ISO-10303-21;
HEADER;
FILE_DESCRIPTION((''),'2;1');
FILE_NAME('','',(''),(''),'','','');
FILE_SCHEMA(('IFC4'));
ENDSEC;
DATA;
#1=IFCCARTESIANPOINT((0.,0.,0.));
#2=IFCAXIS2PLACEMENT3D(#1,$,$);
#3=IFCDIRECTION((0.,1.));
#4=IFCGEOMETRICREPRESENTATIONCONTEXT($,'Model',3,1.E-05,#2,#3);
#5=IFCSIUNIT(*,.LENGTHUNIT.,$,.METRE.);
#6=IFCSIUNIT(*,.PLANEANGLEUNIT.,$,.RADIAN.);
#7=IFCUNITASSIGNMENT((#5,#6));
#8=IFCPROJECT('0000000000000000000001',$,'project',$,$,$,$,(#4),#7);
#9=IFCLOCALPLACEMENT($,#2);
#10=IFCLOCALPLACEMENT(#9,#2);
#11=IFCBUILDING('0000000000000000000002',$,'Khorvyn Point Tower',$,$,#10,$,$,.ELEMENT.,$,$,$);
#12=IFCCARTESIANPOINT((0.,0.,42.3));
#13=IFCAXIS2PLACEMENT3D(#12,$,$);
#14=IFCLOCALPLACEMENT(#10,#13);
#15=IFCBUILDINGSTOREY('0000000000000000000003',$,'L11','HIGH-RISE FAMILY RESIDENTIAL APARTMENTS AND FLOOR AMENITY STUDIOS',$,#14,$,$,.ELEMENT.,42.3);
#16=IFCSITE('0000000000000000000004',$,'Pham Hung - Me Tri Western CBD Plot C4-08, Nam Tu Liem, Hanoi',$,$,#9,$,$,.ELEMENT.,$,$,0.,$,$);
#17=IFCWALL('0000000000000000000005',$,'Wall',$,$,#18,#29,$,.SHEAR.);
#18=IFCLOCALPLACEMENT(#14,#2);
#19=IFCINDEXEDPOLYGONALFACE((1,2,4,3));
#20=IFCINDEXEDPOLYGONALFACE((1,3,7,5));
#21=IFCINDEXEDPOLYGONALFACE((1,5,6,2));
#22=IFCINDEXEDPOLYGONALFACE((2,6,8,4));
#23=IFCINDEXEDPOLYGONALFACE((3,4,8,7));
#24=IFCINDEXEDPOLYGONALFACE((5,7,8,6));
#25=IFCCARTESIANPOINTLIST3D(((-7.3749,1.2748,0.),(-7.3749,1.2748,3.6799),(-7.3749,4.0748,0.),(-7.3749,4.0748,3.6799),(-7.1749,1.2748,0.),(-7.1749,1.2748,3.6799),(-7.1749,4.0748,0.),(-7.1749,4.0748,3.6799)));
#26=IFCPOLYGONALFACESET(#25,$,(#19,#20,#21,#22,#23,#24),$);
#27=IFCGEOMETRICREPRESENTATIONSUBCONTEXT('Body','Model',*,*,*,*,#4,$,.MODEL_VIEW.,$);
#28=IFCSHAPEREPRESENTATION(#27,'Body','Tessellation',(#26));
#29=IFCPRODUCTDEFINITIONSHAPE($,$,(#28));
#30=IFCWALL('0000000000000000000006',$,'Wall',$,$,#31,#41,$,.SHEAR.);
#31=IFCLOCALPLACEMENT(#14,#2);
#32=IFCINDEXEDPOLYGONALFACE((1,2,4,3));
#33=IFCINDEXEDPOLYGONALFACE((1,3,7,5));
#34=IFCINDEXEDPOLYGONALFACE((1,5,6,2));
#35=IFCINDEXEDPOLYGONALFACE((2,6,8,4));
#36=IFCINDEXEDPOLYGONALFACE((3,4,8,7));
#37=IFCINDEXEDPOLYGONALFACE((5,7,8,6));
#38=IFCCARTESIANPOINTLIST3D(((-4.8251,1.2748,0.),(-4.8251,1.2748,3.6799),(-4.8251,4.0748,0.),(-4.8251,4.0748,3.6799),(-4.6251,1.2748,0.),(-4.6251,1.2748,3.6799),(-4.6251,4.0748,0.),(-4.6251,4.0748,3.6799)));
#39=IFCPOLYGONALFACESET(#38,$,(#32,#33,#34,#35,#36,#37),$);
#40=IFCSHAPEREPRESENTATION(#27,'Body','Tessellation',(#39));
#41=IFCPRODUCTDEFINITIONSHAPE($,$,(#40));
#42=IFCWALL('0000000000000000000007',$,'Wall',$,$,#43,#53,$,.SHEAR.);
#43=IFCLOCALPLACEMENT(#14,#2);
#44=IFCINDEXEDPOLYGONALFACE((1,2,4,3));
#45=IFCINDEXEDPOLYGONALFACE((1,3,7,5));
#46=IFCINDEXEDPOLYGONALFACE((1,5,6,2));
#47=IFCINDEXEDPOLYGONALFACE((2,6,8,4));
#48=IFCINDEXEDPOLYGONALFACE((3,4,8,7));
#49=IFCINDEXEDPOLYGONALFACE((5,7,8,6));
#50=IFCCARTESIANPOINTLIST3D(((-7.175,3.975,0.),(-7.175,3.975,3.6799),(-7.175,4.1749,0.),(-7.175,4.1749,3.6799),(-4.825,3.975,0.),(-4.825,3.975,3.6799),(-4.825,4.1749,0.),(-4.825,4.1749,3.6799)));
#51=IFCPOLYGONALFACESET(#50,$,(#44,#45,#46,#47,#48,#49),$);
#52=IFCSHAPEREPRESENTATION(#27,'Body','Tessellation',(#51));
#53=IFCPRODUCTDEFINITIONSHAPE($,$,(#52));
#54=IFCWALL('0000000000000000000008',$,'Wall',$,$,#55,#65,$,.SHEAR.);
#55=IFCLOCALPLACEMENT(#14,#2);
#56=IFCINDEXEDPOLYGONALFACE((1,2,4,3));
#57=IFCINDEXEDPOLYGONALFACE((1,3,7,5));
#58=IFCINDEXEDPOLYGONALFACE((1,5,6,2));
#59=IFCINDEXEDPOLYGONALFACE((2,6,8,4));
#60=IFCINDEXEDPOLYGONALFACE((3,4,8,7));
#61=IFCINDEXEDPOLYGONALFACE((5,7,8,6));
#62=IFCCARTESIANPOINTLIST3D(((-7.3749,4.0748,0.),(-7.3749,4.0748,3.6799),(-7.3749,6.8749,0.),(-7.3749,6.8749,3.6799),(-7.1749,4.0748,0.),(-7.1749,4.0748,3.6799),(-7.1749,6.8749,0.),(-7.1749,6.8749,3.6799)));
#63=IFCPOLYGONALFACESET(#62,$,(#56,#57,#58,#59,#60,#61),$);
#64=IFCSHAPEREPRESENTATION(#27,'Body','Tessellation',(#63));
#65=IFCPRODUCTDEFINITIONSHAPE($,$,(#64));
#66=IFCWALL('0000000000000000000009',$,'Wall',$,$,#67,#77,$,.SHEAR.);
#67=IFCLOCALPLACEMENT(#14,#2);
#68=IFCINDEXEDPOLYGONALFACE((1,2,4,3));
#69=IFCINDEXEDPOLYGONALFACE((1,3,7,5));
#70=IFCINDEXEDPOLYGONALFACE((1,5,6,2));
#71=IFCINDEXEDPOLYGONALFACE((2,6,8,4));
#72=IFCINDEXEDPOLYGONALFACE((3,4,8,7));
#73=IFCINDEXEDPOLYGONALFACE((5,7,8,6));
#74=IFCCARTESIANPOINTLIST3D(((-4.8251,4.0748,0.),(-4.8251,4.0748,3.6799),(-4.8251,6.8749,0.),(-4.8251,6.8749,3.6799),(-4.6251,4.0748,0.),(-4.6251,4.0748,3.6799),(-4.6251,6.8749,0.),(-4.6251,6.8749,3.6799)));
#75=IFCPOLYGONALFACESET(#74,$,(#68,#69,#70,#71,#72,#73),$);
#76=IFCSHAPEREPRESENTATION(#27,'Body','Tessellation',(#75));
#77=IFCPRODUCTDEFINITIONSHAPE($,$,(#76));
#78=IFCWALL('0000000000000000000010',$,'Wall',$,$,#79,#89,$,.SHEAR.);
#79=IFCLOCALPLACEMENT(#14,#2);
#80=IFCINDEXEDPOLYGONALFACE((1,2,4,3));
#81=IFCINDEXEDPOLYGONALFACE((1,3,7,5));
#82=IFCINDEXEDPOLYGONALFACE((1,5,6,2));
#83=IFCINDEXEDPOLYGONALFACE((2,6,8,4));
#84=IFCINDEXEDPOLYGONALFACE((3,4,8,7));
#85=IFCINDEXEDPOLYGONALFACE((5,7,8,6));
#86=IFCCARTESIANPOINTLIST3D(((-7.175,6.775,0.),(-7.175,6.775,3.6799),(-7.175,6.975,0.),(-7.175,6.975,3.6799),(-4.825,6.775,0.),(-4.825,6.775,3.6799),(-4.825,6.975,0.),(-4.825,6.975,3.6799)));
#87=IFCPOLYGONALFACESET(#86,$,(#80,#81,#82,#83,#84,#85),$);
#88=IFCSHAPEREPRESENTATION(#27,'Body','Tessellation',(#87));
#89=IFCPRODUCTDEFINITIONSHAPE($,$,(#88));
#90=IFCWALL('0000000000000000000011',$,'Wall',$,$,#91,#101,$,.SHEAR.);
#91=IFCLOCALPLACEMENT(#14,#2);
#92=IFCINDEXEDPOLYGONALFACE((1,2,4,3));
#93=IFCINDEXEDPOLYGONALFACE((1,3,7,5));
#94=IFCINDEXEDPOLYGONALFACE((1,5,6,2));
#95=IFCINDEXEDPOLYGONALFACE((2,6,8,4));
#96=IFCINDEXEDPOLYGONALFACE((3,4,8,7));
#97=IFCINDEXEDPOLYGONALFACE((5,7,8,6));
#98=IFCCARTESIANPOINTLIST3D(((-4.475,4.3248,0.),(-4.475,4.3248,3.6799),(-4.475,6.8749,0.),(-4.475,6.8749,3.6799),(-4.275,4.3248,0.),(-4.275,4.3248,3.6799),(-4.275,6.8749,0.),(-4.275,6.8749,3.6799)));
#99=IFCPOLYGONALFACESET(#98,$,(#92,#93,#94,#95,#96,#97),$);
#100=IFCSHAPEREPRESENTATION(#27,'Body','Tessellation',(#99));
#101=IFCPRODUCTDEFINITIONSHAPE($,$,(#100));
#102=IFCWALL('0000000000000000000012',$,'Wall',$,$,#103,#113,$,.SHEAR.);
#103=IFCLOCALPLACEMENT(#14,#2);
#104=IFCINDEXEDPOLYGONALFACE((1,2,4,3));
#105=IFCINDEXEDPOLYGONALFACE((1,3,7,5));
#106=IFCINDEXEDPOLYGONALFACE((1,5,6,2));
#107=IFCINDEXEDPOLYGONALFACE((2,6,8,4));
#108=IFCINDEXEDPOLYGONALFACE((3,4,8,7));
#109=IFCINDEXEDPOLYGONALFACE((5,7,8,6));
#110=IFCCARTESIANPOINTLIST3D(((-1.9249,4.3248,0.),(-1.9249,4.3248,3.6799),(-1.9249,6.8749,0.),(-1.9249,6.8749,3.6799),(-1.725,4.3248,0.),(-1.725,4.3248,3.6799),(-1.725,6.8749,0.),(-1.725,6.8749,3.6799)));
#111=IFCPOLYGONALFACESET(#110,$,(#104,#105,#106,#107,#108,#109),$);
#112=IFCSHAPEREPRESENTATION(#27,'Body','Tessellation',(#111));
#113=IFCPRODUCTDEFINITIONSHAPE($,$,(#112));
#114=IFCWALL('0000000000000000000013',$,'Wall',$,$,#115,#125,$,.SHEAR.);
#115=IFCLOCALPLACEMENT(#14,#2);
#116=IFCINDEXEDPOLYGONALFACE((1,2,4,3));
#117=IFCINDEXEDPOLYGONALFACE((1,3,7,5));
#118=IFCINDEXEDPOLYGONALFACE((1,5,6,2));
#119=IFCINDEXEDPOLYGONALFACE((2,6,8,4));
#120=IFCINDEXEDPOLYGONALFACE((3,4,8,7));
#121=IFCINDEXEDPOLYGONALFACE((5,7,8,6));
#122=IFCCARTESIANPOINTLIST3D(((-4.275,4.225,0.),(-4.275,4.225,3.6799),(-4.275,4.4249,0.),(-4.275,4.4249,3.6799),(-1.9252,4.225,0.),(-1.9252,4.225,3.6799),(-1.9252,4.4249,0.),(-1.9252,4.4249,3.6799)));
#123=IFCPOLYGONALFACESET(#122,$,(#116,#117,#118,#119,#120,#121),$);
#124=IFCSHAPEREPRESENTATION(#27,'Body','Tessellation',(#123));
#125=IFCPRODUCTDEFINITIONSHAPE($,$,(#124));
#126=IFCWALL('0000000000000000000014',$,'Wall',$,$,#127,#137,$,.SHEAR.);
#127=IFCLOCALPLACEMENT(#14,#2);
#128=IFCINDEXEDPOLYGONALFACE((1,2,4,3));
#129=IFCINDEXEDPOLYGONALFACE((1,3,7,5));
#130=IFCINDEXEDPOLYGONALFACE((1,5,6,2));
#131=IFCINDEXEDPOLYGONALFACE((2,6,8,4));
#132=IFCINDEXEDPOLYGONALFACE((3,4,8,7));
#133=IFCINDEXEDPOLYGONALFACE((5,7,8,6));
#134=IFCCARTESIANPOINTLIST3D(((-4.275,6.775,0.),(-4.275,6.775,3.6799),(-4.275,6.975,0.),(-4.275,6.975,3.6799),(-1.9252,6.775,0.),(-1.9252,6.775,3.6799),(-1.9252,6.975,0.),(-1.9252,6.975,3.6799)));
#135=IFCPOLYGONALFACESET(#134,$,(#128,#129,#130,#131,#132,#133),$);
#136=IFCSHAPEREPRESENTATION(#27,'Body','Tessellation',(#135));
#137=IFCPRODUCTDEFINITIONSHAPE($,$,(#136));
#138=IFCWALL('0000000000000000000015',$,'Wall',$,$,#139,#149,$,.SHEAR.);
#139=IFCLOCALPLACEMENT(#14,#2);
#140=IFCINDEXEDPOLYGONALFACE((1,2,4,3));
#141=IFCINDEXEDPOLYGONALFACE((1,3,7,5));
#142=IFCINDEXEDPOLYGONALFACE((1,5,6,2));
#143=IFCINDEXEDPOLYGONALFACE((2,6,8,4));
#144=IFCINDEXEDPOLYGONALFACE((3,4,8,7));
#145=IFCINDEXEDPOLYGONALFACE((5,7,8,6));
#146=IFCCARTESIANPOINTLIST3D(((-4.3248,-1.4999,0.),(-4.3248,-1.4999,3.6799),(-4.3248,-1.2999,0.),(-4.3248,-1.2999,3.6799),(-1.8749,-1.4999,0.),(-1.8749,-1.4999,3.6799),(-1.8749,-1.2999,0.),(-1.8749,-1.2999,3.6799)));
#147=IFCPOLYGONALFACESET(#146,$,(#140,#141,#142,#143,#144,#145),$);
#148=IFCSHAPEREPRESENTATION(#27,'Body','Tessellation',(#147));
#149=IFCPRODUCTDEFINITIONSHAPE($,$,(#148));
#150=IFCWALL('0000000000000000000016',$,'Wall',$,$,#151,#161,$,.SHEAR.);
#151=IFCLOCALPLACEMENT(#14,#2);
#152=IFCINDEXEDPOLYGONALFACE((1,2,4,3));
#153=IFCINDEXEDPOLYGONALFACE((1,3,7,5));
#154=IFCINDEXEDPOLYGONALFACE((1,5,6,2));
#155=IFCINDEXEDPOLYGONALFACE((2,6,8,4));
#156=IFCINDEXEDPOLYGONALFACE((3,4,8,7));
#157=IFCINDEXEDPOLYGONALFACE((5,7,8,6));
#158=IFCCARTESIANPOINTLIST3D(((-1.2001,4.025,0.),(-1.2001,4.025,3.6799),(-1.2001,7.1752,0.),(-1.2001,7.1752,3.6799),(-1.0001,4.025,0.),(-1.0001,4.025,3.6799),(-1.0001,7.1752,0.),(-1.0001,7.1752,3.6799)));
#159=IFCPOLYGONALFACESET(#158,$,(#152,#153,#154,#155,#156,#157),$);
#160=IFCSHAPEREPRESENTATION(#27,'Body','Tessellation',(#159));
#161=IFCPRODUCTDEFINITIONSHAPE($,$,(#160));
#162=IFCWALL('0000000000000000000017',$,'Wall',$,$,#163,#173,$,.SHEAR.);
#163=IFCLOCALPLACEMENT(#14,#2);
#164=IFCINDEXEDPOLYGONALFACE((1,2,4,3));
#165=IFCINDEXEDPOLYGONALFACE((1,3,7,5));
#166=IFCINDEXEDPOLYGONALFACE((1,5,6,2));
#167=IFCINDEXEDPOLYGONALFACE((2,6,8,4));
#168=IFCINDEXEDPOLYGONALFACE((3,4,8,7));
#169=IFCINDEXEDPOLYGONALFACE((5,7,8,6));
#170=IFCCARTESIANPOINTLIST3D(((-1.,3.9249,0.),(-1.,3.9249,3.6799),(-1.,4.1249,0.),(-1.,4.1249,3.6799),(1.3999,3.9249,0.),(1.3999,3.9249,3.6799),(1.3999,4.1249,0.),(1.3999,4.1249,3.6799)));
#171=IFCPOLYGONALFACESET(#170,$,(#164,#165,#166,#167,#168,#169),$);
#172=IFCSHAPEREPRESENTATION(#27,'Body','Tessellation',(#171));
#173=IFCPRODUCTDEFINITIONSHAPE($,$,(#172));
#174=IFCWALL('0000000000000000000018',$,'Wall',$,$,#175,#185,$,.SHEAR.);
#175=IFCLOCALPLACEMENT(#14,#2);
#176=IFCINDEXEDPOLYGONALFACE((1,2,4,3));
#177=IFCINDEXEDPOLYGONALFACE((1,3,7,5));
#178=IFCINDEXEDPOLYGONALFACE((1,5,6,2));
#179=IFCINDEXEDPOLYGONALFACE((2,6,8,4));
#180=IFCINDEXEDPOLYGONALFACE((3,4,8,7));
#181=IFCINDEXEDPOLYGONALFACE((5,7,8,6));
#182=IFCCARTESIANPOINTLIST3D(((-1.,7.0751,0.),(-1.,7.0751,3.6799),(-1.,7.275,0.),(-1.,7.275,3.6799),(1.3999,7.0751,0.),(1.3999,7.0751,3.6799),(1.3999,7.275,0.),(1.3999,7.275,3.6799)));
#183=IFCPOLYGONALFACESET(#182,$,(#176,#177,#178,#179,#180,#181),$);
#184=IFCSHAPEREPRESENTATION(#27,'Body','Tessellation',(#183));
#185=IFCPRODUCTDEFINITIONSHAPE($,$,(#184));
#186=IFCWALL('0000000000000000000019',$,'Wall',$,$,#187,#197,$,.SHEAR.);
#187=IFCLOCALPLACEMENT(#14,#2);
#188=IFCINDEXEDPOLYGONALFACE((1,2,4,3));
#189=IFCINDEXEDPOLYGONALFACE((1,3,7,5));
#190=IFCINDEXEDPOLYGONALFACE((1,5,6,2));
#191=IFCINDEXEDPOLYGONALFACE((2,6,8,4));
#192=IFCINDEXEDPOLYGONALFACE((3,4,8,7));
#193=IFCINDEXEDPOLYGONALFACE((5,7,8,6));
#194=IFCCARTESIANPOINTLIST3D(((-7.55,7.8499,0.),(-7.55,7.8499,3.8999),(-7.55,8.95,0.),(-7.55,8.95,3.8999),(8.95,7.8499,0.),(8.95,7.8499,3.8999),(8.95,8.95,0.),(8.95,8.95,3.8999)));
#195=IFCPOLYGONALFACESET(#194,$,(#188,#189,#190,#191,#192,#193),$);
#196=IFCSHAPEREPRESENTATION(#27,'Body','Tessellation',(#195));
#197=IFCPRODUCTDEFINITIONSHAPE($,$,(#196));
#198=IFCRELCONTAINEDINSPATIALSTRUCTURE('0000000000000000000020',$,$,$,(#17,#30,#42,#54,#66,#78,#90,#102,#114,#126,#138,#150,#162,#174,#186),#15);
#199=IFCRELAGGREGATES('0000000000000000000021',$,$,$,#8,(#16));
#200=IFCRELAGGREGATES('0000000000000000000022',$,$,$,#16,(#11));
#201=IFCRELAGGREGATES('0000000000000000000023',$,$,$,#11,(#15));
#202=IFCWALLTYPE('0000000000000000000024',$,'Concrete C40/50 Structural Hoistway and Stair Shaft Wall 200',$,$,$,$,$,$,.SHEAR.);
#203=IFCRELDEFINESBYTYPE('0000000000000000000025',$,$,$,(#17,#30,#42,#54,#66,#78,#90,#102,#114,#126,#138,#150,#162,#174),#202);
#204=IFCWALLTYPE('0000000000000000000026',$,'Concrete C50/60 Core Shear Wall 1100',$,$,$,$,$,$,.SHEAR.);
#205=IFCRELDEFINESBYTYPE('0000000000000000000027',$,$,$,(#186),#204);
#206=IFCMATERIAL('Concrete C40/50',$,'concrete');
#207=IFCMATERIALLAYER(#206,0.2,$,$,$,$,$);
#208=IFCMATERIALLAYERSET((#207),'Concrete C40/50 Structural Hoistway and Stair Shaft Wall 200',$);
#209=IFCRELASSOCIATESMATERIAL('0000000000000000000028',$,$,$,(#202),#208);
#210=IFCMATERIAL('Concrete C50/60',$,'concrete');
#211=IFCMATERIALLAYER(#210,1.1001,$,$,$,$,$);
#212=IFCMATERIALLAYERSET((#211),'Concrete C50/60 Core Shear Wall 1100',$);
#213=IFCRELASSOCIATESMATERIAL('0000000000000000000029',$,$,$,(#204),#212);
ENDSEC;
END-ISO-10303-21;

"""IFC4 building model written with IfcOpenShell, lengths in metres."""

from ifc_helpers import new_model, si_unit, direction, frame, frame_2d, origin, place, context, subcontext, project, spatial, rectangle, extrude, material, layer, layer_set, type_object, element, save


model = new_model("IFC4")

# Units and contexts
model_context = context("Model", 3, precision=1e-05, world=origin(), true_north=direction((0.0, 1.0)))
body_context = subcontext(model_context, "Body", "Model", "MODEL_VIEW")
ifc_project = project(units=[si_unit("LENGTHUNIT", "METRE"), si_unit("PLANEANGLEUNIT", "RADIAN")], contexts=[model_context])

# Site, building, storey
site_placement = place(None, origin())
site = spatial("IfcSite", under=ifc_project, at=site_placement, Name="Pham Hung - Me Tri Western CBD Plot C4-08, Nam Tu Liem, Hanoi", CompositionType="ELEMENT", RefElevation=0.0)
building_placement = place(site_placement, origin())
building = spatial("IfcBuilding", under=site, at=building_placement, Name="Khorvyn Point Tower", CompositionType="ELEMENT")
storey_placement = place(building_placement, frame((0.0, 0.0, 42.3)))
storey = spatial("IfcBuildingStorey", under=building, at=storey_placement, Name="L11", Description="HIGH-RISE FAMILY RESIDENTIAL APARTMENTS AND FLOOR AMENITY STUDIOS", CompositionType="ELEMENT", Elevation=42.3)

# Shared definitions
ifc_material_1 = material(Name="Concrete C40/50", Category="concrete")

# Shared definitions
ifc_layer_1 = layer(ifc_material_1, 0.2)
ifc_layer_set_1 = layer_set([ifc_layer_1], Name="Concrete C40/50 Structural Hoistway and Stair Shaft Wall 200")
wall_type_1 = type_object("IfcWallType", Name="Concrete C40/50 Structural Hoistway and Stair Shaft Wall 200", PredefinedType="SHEAR", material=ifc_layer_set_1)

# Walls
for number, where, z_axis, x_axis, name in (
    (1, (-7.2749, 1.2749, 0.0), (0.0, 0.0, 1.0), (0.0, 1.0, 0.0), "Wall"),
    (2, (-4.7251, 1.2749, 0.0), (0.0, 0.0, 1.0), (0.0, 1.0, 0.0), "Wall"),
):
    element("IfcWall", number, at=place(storey_placement, frame(where, z_axis=z_axis, x_axis=x_axis)), inside=storey, type_object=wall_type_1, Name=name, PredefinedType="SHEAR", context=body_context, shape_type="SweptSolid", body=[
        extrude(rectangle(XDim=2.8, YDim=0.2, at=frame_2d((1.3999, 0.0))), origin(), (0.0, 0.0, 1.0), 3.6799),
    ])
wall_1_placement = place(storey_placement, frame((-7.175, 4.075, 0.0), z_axis=(0.0, 0.0, 1.0), x_axis=(1.0, 0.0, 0.0)))
element("IfcWall", 3, at=wall_1_placement, inside=storey, type_object=wall_type_1, Name="Wall", PredefinedType="SHEAR", context=body_context, shape_type="SweptSolid", body=[
    extrude(rectangle(XDim=2.3501, YDim=0.2, at=frame_2d((1.175, 0.0))), origin(), (0.0, 0.0, 1.0), 3.6799),
])
for number, where, z_axis, x_axis, name in (
    (4, (-7.2749, 4.075, 0.0), (0.0, 0.0, 1.0), (0.0, 1.0, 0.0), "Wall"),
    (5, (-4.7251, 4.075, 0.0), (0.0, 0.0, 1.0), (0.0, 1.0, 0.0), "Wall"),
):
    element("IfcWall", number, at=place(storey_placement, frame(where, z_axis=z_axis, x_axis=x_axis)), inside=storey, type_object=wall_type_1, Name=name, PredefinedType="SHEAR", context=body_context, shape_type="SweptSolid", body=[
        extrude(rectangle(XDim=2.8, YDim=0.2, at=frame_2d((1.3999, 0.0))), origin(), (0.0, 0.0, 1.0), 3.6799),
    ])
wall_2_placement = place(storey_placement, frame((-7.175, 6.875, 0.0), z_axis=(0.0, 0.0, 1.0), x_axis=(1.0, 0.0, 0.0)))
element("IfcWall", 6, at=wall_2_placement, inside=storey, type_object=wall_type_1, Name="Wall", PredefinedType="SHEAR", context=body_context, shape_type="SweptSolid", body=[
    extrude(rectangle(XDim=2.3501, YDim=0.2, at=frame_2d((1.175, 0.0))), origin(), (0.0, 0.0, 1.0), 3.6799),
])
for number, where, z_axis, x_axis, name in (
    (7, (-4.375, 4.325, 0.0), (0.0, 0.0, 1.0), (0.0, 1.0, 0.0), "Wall"),
    (8, (-1.825, 4.325, 0.0), (0.0, 0.0, 1.0), (0.0, 1.0, 0.0), "Wall"),
):
    element("IfcWall", number, at=place(storey_placement, frame(where, z_axis=z_axis, x_axis=x_axis)), inside=storey, type_object=wall_type_1, Name=name, PredefinedType="SHEAR", context=body_context, shape_type="SweptSolid", body=[
        extrude(rectangle(XDim=2.55, YDim=0.2, at=frame_2d((1.2749, 0.0))), origin(), (0.0, 0.0, 1.0), 3.6799),
    ])
for number, where, z_axis, x_axis, name in (
    (9, (-4.2749, 4.325, 0.0), (0.0, 0.0, 1.0), (1.0, 0.0, 0.0), "Wall"),
    (10, (-4.2749, 6.875, 0.0), (0.0, 0.0, 1.0), (1.0, 0.0, 0.0), "Wall"),
):
    element("IfcWall", number, at=place(storey_placement, frame(where, z_axis=z_axis, x_axis=x_axis)), inside=storey, type_object=wall_type_1, Name=name, PredefinedType="SHEAR", context=body_context, shape_type="SweptSolid", body=[
        extrude(rectangle(XDim=2.3499, YDim=0.2, at=frame_2d((1.1748, 0.0))), origin(), (0.0, 0.0, 1.0), 3.6799),
    ])
wall_3_placement = place(storey_placement, frame((-4.325, -1.3999, 0.0), z_axis=(0.0, 0.0, 1.0), x_axis=(1.0, 0.0, 0.0)))
element("IfcWall", 11, at=wall_3_placement, inside=storey, type_object=wall_type_1, Name="Wall", PredefinedType="SHEAR", context=body_context, shape_type="SweptSolid", body=[
    extrude(rectangle(XDim=2.45, YDim=0.2, at=frame_2d((1.2251, 0.0))), origin(), (0.0, 0.0, 1.0), 3.6799),
])
wall_4_placement = place(storey_placement, frame((-1.1001, 4.0249, 0.0), z_axis=(0.0, 0.0, 1.0), x_axis=(0.0, 1.0, 0.0)))
element("IfcWall", 12, at=wall_4_placement, inside=storey, type_object=wall_type_1, Name="Wall", PredefinedType="SHEAR", context=body_context, shape_type="SweptSolid", body=[
    extrude(rectangle(XDim=3.1501, YDim=0.2, at=frame_2d((1.5752, 0.0))), origin(), (0.0, 0.0, 1.0), 3.6799),
])
for number, where, z_axis, x_axis, name in (
    (13, (-1.0, 4.0249, 0.0), (0.0, 0.0, 1.0), (1.0, 0.0, 0.0), "Wall"),
    (14, (-1.0, 7.175, 0.0), (0.0, 0.0, 1.0), (1.0, 0.0, 0.0), "Wall"),
):
    element("IfcWall", number, at=place(storey_placement, frame(where, z_axis=z_axis, x_axis=x_axis)), inside=storey, type_object=wall_type_1, Name=name, PredefinedType="SHEAR", context=body_context, shape_type="SweptSolid", body=[
        extrude(rectangle(XDim=2.3999, YDim=0.2, at=frame_2d((1.2, 0.0))), origin(), (0.0, 0.0, 1.0), 3.6799),
    ])
ifc_material_2 = material(Name="Concrete C50/60", Category="concrete")
ifc_layer_2 = layer(ifc_material_2, 1.1001)
ifc_layer_set_2 = layer_set([ifc_layer_2], Name="Concrete C50/60 Core Shear Wall 1100")
wall_type_2 = type_object("IfcWallType", Name="Concrete C50/60 Core Shear Wall 1100", PredefinedType="SHEAR", material=ifc_layer_set_2)
wall_5_placement = place(storey_placement, frame((-7.55, 8.3999, 0.0), z_axis=(0.0, 0.0, 1.0), x_axis=(1.0, 0.0, 0.0)))
element("IfcWall", 15, at=wall_5_placement, inside=storey, type_object=wall_type_2, Name="Wall", PredefinedType="SHEAR", context=body_context, shape_type="SweptSolid", body=[
    extrude(rectangle(XDim=16.5, YDim=1.1001, at=frame_2d((8.25, 0.0))), origin(), (0.0, 0.0, 1.0), 3.8999),
])

save(model, "model.ifc")
